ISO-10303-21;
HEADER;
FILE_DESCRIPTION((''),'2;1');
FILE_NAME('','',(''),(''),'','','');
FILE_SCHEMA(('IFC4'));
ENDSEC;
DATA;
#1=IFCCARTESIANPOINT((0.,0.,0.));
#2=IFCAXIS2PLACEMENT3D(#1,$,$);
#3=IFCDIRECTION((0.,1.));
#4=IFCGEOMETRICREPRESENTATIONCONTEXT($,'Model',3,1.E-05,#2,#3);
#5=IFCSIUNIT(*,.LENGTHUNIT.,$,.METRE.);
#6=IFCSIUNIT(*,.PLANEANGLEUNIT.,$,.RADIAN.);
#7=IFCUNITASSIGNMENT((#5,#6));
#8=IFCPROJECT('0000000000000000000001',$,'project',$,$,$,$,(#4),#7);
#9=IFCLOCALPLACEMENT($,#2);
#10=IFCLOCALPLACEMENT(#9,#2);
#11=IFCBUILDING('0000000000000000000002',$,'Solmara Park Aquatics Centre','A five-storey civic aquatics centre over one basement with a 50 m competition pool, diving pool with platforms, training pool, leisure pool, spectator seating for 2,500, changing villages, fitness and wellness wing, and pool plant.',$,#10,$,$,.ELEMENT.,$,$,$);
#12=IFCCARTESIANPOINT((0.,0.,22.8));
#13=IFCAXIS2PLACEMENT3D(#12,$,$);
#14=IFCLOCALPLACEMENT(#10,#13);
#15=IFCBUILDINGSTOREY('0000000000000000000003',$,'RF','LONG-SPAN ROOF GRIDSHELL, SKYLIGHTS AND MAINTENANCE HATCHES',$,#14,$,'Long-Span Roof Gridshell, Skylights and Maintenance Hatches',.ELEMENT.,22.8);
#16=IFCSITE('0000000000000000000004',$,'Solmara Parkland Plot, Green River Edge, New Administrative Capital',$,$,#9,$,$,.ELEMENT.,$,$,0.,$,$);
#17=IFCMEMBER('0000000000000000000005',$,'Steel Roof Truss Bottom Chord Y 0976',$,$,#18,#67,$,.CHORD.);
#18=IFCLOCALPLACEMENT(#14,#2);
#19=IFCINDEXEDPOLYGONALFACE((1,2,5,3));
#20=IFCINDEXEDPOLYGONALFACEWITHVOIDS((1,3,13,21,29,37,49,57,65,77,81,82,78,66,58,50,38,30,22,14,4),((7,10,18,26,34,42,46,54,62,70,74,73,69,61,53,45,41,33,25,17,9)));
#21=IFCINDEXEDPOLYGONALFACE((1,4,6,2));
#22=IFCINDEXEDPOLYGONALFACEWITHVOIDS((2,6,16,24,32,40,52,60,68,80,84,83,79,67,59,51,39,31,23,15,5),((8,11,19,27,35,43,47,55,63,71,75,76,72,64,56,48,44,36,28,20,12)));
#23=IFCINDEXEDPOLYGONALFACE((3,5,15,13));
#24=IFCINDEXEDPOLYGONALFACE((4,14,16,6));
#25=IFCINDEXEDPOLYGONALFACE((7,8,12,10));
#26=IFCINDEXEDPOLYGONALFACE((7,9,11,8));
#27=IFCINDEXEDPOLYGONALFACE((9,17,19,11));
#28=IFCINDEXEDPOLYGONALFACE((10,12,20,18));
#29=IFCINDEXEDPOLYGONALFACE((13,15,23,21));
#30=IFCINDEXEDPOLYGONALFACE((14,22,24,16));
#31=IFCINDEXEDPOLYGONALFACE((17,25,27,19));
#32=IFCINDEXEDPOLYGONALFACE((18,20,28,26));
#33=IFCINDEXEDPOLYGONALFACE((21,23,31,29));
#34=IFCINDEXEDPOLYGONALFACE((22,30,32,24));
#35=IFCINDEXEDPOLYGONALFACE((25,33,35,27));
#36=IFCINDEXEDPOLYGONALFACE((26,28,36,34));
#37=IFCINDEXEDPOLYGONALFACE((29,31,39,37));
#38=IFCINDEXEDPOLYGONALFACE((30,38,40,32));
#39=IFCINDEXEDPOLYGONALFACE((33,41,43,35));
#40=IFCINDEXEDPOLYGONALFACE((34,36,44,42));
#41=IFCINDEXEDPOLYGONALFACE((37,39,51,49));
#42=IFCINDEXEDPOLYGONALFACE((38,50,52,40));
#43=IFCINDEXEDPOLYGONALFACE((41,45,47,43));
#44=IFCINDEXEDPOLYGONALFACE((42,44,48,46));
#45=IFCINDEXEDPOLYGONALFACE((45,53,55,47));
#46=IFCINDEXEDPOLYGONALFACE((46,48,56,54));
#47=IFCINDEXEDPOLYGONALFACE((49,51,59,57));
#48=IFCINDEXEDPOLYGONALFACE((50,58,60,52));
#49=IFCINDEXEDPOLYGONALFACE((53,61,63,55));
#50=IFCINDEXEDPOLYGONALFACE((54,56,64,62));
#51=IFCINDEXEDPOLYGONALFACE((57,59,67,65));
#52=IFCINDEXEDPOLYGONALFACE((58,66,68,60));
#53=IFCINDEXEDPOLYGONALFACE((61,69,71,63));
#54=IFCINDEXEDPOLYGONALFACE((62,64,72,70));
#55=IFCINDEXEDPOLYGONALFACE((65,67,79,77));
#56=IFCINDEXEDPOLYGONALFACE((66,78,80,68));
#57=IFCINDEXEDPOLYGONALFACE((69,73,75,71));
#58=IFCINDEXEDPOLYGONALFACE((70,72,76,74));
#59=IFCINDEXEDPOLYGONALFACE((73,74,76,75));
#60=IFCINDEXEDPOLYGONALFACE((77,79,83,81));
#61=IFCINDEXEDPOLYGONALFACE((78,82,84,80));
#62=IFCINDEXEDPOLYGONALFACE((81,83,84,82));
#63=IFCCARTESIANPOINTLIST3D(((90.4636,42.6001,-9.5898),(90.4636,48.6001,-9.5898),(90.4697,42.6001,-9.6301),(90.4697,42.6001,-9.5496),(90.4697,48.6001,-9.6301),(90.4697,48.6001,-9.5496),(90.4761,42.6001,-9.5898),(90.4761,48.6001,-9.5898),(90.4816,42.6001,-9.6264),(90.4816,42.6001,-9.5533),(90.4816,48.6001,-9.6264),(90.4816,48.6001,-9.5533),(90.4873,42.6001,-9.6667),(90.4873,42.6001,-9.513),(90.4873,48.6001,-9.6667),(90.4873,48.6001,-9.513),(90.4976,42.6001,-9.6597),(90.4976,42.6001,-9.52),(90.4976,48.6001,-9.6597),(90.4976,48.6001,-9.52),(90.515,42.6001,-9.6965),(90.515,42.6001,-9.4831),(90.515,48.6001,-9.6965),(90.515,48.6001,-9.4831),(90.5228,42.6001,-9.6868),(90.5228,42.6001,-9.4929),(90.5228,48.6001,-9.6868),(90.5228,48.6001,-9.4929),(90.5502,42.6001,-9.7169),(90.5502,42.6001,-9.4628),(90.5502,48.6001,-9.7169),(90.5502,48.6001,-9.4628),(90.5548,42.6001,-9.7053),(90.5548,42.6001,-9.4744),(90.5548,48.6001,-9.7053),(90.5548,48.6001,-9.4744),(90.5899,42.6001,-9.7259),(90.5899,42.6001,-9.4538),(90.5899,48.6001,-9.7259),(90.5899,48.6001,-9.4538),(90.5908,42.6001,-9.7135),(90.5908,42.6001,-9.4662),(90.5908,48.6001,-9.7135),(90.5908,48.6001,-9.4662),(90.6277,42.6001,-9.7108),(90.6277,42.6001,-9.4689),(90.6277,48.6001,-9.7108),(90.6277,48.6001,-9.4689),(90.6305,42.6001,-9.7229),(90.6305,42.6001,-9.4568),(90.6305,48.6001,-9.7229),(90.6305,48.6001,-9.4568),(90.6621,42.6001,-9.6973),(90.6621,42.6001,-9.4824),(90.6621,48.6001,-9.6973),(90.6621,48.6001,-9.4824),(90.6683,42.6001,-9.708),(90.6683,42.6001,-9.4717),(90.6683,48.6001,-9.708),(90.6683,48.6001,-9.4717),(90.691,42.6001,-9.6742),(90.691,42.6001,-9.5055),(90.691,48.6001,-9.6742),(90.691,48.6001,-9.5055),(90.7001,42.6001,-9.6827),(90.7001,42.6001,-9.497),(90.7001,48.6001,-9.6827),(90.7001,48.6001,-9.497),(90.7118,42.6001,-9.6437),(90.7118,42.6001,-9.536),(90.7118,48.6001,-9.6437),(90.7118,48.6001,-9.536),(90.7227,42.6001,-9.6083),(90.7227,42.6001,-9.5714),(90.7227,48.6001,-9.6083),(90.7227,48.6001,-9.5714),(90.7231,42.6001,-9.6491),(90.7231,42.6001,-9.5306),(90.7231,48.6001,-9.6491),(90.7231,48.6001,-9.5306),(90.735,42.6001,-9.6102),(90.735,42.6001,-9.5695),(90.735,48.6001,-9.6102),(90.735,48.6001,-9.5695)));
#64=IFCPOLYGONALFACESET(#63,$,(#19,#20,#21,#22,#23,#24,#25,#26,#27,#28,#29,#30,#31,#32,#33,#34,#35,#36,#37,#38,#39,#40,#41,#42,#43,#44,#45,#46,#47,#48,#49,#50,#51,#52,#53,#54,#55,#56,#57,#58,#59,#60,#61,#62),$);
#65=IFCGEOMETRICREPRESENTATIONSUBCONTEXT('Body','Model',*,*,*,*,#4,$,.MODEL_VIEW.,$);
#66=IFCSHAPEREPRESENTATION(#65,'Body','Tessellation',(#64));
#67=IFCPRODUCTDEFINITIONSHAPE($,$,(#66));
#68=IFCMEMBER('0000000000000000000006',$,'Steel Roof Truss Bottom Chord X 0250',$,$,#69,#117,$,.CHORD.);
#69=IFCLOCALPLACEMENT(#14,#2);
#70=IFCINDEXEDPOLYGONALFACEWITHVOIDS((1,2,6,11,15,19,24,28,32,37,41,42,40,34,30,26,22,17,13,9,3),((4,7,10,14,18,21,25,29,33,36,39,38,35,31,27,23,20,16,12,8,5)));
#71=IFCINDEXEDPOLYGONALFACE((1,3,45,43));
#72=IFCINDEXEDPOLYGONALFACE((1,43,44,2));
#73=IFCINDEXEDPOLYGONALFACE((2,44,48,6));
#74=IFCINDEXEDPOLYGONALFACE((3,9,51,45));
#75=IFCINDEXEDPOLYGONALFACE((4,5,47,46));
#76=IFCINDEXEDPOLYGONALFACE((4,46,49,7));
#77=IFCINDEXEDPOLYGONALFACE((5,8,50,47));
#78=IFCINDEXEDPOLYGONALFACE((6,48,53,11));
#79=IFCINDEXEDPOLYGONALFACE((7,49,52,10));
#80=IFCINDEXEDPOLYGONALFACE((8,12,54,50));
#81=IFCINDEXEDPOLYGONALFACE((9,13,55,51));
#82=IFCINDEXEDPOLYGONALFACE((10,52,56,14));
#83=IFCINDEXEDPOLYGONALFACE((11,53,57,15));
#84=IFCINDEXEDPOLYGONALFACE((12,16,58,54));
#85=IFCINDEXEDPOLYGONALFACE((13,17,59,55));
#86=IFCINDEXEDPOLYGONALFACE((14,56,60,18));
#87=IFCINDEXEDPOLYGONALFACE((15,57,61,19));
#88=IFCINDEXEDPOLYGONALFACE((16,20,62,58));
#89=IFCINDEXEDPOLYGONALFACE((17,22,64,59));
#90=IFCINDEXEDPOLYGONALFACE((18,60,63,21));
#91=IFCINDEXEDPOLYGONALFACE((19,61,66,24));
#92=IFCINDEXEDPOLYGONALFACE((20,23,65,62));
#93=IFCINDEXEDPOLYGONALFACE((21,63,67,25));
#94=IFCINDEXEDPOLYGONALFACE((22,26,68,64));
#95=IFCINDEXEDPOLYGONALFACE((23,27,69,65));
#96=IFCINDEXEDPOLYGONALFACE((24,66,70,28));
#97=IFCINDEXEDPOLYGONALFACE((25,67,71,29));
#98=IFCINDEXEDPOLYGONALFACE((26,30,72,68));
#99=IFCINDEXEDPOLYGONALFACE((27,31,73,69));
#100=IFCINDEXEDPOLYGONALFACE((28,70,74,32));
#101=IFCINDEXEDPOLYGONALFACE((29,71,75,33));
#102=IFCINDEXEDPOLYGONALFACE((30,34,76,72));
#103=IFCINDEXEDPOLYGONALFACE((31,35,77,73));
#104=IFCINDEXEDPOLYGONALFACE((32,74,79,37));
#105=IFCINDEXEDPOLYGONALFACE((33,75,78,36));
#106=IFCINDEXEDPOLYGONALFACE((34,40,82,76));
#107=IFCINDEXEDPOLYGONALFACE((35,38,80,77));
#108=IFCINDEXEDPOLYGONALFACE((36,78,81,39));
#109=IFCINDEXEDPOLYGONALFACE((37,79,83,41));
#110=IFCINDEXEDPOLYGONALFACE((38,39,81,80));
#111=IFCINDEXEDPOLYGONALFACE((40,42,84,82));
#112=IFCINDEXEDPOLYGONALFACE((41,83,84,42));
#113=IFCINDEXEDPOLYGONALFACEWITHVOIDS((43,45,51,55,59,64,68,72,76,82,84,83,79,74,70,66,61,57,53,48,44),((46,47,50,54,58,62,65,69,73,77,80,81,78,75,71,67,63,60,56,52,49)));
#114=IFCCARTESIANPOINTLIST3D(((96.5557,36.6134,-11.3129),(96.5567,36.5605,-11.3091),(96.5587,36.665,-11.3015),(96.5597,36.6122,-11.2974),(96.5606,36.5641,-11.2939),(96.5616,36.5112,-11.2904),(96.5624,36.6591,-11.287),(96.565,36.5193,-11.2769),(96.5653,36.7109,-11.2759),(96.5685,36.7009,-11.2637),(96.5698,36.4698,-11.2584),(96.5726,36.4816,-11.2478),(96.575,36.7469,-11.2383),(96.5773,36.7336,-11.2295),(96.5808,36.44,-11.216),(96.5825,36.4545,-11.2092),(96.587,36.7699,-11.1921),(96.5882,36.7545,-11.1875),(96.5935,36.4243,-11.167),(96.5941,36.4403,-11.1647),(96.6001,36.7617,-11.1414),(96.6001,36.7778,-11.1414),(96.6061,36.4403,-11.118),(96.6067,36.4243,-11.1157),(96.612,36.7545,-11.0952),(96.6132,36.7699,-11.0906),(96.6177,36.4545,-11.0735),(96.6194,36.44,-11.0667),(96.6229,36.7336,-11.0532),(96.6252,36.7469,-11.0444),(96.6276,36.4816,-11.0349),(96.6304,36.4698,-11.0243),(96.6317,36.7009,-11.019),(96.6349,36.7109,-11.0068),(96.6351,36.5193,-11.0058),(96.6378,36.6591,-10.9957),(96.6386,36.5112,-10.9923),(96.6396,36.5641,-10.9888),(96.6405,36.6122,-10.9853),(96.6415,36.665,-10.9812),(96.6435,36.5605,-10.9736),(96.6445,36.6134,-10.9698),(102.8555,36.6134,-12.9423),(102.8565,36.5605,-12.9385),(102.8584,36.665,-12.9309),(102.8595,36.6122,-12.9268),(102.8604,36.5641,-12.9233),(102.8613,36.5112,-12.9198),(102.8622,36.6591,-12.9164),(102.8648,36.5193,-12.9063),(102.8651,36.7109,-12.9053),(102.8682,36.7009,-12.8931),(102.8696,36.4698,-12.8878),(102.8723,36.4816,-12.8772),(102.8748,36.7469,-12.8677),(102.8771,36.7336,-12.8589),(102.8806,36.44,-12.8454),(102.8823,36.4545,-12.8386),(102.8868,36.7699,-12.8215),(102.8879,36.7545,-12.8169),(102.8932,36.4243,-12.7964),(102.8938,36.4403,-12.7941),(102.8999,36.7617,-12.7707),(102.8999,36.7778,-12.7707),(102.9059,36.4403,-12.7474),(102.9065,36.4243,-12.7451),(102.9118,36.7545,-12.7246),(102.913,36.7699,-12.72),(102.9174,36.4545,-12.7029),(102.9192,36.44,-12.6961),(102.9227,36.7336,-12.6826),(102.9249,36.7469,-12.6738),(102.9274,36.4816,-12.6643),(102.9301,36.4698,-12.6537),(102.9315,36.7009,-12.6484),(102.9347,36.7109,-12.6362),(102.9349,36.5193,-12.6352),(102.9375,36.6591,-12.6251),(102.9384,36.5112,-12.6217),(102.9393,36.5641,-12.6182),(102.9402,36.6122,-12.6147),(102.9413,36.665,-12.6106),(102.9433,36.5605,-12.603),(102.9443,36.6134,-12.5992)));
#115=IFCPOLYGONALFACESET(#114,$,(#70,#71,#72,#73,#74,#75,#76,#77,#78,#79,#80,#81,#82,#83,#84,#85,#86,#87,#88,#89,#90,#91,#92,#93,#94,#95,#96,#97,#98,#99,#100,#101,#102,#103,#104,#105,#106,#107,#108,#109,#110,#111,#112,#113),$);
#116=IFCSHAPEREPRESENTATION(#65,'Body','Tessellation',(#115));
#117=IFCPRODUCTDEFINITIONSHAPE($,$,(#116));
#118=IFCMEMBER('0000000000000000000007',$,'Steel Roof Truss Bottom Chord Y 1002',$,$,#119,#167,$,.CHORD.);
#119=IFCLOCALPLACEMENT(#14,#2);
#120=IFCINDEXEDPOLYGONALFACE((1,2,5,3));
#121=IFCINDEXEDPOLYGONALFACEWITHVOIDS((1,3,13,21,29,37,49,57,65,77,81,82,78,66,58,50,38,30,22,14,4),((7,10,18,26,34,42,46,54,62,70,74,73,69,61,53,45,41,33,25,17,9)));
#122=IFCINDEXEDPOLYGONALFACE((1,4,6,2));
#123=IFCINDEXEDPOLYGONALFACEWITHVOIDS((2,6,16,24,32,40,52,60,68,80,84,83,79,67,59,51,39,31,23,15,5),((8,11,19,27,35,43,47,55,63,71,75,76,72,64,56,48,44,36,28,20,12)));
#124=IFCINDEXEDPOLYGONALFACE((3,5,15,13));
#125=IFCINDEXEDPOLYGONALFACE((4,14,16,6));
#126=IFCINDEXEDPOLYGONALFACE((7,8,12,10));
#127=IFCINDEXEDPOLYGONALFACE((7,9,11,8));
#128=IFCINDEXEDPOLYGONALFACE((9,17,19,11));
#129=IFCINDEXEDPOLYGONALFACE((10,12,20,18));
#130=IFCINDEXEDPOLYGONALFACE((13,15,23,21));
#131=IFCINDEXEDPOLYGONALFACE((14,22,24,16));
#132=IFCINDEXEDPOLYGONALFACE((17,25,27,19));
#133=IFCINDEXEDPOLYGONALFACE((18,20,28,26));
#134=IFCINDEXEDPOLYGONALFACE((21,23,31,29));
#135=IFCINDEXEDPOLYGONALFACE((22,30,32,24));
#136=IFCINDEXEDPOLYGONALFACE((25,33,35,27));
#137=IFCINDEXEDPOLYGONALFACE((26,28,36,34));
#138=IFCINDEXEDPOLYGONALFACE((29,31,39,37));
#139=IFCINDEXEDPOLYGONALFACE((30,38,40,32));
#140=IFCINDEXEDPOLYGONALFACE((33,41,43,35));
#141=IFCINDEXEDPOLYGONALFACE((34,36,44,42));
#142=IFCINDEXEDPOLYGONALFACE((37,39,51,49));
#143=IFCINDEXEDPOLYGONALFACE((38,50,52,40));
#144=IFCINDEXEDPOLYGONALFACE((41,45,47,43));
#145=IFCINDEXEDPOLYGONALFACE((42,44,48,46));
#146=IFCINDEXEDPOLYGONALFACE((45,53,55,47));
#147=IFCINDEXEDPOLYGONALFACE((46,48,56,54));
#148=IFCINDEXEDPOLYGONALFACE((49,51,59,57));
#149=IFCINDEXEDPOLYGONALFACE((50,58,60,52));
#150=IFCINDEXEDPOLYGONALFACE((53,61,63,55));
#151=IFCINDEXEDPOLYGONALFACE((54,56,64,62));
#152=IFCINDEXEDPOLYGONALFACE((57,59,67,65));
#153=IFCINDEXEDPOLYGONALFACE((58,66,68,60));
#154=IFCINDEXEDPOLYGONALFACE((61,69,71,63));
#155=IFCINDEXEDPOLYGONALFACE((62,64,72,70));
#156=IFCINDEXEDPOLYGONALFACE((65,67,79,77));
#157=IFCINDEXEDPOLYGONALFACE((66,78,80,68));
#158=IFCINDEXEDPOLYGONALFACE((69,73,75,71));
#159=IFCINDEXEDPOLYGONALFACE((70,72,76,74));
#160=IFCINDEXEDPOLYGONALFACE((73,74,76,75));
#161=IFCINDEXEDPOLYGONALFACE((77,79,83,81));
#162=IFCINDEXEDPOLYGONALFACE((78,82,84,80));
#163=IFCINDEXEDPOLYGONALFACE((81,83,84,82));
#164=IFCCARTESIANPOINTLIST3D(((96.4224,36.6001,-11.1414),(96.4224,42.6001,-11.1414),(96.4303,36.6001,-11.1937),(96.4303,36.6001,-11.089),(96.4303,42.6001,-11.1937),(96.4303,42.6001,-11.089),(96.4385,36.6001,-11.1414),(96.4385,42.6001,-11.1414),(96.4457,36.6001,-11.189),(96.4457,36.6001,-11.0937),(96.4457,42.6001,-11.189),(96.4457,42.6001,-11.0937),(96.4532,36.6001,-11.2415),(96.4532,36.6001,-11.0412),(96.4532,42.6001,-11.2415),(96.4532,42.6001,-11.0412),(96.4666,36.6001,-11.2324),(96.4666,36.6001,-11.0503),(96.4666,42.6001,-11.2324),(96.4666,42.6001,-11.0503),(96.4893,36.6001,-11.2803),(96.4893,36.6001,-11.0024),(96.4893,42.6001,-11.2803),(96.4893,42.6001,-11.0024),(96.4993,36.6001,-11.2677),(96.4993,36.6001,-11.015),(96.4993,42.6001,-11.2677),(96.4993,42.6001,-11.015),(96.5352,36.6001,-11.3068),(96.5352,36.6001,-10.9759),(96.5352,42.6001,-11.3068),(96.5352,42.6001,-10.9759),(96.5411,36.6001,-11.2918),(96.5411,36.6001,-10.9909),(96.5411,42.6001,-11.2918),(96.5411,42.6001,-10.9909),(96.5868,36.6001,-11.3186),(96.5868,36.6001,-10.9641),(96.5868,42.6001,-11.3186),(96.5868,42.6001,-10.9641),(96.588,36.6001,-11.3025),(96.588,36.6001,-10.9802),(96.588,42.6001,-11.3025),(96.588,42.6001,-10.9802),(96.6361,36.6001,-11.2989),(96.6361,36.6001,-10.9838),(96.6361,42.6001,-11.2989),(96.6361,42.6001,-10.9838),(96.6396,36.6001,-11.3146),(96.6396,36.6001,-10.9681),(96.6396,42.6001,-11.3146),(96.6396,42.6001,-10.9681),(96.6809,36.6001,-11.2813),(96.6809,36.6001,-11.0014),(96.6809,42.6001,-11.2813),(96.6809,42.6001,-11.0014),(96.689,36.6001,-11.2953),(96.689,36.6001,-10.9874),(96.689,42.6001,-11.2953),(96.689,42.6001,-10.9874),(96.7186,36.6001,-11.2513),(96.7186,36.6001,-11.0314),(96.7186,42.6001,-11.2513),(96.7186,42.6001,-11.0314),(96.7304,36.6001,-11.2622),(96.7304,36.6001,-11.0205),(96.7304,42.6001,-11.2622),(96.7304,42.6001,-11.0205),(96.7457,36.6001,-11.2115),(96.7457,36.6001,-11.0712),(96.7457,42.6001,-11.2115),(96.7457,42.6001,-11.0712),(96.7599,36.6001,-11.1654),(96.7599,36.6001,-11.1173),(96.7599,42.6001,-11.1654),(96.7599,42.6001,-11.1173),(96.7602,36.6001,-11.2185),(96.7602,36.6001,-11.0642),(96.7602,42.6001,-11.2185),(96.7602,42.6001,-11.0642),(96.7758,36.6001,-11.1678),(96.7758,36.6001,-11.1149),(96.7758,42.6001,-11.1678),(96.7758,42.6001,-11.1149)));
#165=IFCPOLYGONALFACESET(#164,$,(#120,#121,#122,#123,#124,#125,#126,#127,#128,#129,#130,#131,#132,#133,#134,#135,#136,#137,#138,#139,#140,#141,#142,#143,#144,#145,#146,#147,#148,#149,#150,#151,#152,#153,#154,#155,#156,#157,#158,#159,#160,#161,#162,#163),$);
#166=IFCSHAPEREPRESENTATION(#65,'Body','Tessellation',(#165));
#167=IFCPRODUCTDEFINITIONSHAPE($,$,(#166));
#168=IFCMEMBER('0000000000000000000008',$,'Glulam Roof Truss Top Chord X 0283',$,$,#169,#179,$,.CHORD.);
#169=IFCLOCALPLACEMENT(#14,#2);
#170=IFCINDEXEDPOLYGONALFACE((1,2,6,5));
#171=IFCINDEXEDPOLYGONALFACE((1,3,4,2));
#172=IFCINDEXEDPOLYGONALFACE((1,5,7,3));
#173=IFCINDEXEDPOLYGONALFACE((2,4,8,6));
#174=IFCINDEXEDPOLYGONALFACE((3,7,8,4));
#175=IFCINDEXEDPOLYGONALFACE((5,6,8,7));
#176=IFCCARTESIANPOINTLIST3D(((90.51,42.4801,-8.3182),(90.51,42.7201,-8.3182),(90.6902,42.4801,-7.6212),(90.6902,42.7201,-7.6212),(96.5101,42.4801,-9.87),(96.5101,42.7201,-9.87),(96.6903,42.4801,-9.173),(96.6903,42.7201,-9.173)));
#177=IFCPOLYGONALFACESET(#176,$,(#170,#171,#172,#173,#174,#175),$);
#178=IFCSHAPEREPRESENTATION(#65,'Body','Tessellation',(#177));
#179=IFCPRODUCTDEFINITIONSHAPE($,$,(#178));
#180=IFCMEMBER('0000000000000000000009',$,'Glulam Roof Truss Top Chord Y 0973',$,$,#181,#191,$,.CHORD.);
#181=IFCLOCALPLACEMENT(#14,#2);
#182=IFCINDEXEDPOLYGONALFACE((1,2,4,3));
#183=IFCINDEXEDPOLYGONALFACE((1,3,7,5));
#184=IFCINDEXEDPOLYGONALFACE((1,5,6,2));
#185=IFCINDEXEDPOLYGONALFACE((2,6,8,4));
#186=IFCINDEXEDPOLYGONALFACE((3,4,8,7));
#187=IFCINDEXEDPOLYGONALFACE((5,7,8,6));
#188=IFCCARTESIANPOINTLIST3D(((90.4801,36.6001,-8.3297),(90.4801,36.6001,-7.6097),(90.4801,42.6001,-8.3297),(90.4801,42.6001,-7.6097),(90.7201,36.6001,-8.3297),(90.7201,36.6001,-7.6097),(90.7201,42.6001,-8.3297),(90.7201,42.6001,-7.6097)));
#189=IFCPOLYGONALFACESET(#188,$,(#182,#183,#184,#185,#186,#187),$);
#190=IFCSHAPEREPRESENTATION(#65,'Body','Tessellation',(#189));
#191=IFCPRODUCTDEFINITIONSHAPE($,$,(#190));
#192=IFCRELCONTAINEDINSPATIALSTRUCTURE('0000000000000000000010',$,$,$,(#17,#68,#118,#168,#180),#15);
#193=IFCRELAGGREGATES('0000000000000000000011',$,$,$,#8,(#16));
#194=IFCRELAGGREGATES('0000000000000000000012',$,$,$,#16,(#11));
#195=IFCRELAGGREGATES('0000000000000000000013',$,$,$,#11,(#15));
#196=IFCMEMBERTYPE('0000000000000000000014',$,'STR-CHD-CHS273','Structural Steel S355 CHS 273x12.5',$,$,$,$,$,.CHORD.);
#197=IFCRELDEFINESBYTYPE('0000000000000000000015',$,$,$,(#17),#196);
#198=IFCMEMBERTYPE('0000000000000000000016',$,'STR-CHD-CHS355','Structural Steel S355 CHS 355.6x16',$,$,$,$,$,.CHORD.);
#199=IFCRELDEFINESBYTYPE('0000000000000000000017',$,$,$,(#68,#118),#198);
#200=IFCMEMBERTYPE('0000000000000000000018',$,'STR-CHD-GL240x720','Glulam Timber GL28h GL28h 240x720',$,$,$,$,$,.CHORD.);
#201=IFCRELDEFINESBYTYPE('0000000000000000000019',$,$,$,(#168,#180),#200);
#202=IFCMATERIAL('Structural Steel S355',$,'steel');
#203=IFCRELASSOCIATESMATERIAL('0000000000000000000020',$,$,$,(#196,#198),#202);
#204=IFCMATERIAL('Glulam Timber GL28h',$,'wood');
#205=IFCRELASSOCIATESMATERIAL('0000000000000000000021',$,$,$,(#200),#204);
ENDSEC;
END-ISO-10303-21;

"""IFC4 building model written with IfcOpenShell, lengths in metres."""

from ifc_helpers import new_model, si_unit, direction, frame, origin, origin_2d, place, context, subcontext, project, spatial, rectangle, hollow_circle, extrude, material, material_profile, profile_set, type_object, element, save


model = new_model("IFC4")

# Units and contexts
model_context = context("Model", 3, precision=1e-05, world=origin(), true_north=direction((0.0, 1.0)))
body_context = subcontext(model_context, "Body", "Model", "MODEL_VIEW")
ifc_project = project(units=[si_unit("LENGTHUNIT", "METRE"), si_unit("PLANEANGLEUNIT", "RADIAN")], contexts=[model_context])

# Site, building, storey
site_placement = place(None, origin())
site = spatial("IfcSite", under=ifc_project, at=site_placement, Name="Solmara Parkland Plot, Green River Edge, New Administrative Capital", CompositionType="ELEMENT", RefElevation=0.0)
building_placement = place(site_placement, origin())
building = spatial("IfcBuilding", under=site, at=building_placement, Name="Solmara Park Aquatics Centre", Description="A five-storey civic aquatics centre over one basement with a 50 m competition pool, diving pool with platforms, training pool, leisure pool, spectator seating for 2,500, changing villages, fitness and wellness wing, and pool plant.", CompositionType="ELEMENT")
storey_placement = place(building_placement, frame((0.0, 0.0, 22.8)))
storey = spatial("IfcBuildingStorey", under=building, at=storey_placement, Name="RF", Description="LONG-SPAN ROOF GRIDSHELL, SKYLIGHTS AND MAINTENANCE HATCHES", LongName="Long-Span Roof Gridshell, Skylights and Maintenance Hatches", CompositionType="ELEMENT", Elevation=22.8)

# Members
ifc_material_1 = material(Name="Structural Steel S355", Category="steel")
ifc_material_profile_1 = material_profile(ifc_material_1, hollow_circle(Radius=0.1365, WallThickness=0.0125, at=origin_2d()), Name="CHS 273x12.5")
ifc_profile_set_1 = profile_set([ifc_material_profile_1], Name="Structural Steel S355")
member_type_1 = type_object("IfcMemberType", Name="STR-CHD-CHS273", Description="Structural Steel S355 CHS 273x12.5", PredefinedType="CHORD", material=ifc_profile_set_1)
for number, where, z_axis, x_axis, name in (
    (1, (90.6001, 42.6001, -9.5898), (0.0, 1.0, 0.0), (-1.0, 0.0, 0.0), "Steel Roof Truss Bottom Chord Y 0976"),
):
    element("IfcMember", number, at=place(storey_placement, frame(where, z_axis=z_axis, x_axis=x_axis)), inside=storey, type_object=member_type_1, Name=name, PredefinedType="CHORD", context=body_context, shape_type="SweptSolid", body=[
        extrude(hollow_circle(Radius=0.1365, WallThickness=0.0125, at=origin_2d()), origin(), (0.0, 0.0, 1.0), 6.0),
    ])
ifc_material_profile_2 = material_profile(ifc_material_1, hollow_circle(Radius=0.1777, WallThickness=0.0161, at=origin_2d()), Name="CHS 355.6x16")
ifc_profile_set_2 = profile_set([ifc_material_profile_2], Name="Structural Steel S355")
member_type_2 = type_object("IfcMemberType", Name="STR-CHD-CHS355", Description="Structural Steel S355 CHS 355.6x16", PredefinedType="CHORD", material=ifc_profile_set_2)
member_1_placement = place(storey_placement, frame((96.6001, 36.6001, -11.1414), z_axis=(0.968142, 0.0, -0.250402), x_axis=(0.0, 1.0, 0.0)))
element("IfcMember", 2, at=member_1_placement, inside=storey, type_object=member_type_2, Name="Steel Roof Truss Bottom Chord X 0250", PredefinedType="CHORD", context=body_context, shape_type="SweptSolid", body=[
    extrude(hollow_circle(Radius=0.1777, WallThickness=0.0161, at=origin_2d()), origin(), (0.0, 0.0, 1.0), 6.5071),
])
member_2_placement = place(storey_placement, frame((96.6001, 36.6001, -11.1414), z_axis=(0.0, 1.0, 0.0), x_axis=(-1.0, 0.0, 0.0)))
element("IfcMember", 3, at=member_2_placement, inside=storey, type_object=member_type_2, Name="Steel Roof Truss Bottom Chord Y 1002", PredefinedType="CHORD", context=body_context, shape_type="SweptSolid", body=[
    extrude(hollow_circle(Radius=0.1777, WallThickness=0.0161, at=origin_2d()), origin(), (0.0, 0.0, 1.0), 6.0),
])
ifc_material_2 = material(Name="Glulam Timber GL28h", Category="wood")
ifc_material_profile_3 = material_profile(ifc_material_2, rectangle(XDim=0.24, YDim=0.72, at=origin_2d()), Name="GL28h 240x720")
ifc_profile_set_3 = profile_set([ifc_material_profile_3], Name="Glulam Timber GL28h")
member_type_3 = type_object("IfcMemberType", Name="STR-CHD-GL240x720", Description="Glulam Timber GL28h GL28h 240x720", PredefinedType="CHORD", material=ifc_profile_set_3)
member_3_placement = place(storey_placement, frame((90.6001, 42.6001, -7.9697), z_axis=(0.968146, 0.0, -0.250388), x_axis=(0.0, 1.0, 0.0)))
element("IfcMember", 4, at=member_3_placement, inside=storey, type_object=member_type_3, Name="Glulam Roof Truss Top Chord X 0283", PredefinedType="CHORD", context=body_context, shape_type="SweptSolid", body=[
    extrude(rectangle(XDim=0.24, YDim=0.72, at=origin_2d()), origin(), (0.0, 0.0, 1.0), 6.1975),
])
for number, where, z_axis, x_axis, name in (
    (5, (90.6001, 36.6001, -7.9697), (0.0, 1.0, 0.0), (-1.0, 0.0, 0.0), "Glulam Roof Truss Top Chord Y 0973"),
):
    element("IfcMember", number, at=place(storey_placement, frame(where, z_axis=z_axis, x_axis=x_axis)), inside=storey, type_object=member_type_3, Name=name, PredefinedType="CHORD", context=body_context, shape_type="SweptSolid", body=[
        extrude(rectangle(XDim=0.24, YDim=0.72, at=origin_2d()), origin(), (0.0, 0.0, 1.0), 6.0),
    ])

save(model, "model.ifc")
